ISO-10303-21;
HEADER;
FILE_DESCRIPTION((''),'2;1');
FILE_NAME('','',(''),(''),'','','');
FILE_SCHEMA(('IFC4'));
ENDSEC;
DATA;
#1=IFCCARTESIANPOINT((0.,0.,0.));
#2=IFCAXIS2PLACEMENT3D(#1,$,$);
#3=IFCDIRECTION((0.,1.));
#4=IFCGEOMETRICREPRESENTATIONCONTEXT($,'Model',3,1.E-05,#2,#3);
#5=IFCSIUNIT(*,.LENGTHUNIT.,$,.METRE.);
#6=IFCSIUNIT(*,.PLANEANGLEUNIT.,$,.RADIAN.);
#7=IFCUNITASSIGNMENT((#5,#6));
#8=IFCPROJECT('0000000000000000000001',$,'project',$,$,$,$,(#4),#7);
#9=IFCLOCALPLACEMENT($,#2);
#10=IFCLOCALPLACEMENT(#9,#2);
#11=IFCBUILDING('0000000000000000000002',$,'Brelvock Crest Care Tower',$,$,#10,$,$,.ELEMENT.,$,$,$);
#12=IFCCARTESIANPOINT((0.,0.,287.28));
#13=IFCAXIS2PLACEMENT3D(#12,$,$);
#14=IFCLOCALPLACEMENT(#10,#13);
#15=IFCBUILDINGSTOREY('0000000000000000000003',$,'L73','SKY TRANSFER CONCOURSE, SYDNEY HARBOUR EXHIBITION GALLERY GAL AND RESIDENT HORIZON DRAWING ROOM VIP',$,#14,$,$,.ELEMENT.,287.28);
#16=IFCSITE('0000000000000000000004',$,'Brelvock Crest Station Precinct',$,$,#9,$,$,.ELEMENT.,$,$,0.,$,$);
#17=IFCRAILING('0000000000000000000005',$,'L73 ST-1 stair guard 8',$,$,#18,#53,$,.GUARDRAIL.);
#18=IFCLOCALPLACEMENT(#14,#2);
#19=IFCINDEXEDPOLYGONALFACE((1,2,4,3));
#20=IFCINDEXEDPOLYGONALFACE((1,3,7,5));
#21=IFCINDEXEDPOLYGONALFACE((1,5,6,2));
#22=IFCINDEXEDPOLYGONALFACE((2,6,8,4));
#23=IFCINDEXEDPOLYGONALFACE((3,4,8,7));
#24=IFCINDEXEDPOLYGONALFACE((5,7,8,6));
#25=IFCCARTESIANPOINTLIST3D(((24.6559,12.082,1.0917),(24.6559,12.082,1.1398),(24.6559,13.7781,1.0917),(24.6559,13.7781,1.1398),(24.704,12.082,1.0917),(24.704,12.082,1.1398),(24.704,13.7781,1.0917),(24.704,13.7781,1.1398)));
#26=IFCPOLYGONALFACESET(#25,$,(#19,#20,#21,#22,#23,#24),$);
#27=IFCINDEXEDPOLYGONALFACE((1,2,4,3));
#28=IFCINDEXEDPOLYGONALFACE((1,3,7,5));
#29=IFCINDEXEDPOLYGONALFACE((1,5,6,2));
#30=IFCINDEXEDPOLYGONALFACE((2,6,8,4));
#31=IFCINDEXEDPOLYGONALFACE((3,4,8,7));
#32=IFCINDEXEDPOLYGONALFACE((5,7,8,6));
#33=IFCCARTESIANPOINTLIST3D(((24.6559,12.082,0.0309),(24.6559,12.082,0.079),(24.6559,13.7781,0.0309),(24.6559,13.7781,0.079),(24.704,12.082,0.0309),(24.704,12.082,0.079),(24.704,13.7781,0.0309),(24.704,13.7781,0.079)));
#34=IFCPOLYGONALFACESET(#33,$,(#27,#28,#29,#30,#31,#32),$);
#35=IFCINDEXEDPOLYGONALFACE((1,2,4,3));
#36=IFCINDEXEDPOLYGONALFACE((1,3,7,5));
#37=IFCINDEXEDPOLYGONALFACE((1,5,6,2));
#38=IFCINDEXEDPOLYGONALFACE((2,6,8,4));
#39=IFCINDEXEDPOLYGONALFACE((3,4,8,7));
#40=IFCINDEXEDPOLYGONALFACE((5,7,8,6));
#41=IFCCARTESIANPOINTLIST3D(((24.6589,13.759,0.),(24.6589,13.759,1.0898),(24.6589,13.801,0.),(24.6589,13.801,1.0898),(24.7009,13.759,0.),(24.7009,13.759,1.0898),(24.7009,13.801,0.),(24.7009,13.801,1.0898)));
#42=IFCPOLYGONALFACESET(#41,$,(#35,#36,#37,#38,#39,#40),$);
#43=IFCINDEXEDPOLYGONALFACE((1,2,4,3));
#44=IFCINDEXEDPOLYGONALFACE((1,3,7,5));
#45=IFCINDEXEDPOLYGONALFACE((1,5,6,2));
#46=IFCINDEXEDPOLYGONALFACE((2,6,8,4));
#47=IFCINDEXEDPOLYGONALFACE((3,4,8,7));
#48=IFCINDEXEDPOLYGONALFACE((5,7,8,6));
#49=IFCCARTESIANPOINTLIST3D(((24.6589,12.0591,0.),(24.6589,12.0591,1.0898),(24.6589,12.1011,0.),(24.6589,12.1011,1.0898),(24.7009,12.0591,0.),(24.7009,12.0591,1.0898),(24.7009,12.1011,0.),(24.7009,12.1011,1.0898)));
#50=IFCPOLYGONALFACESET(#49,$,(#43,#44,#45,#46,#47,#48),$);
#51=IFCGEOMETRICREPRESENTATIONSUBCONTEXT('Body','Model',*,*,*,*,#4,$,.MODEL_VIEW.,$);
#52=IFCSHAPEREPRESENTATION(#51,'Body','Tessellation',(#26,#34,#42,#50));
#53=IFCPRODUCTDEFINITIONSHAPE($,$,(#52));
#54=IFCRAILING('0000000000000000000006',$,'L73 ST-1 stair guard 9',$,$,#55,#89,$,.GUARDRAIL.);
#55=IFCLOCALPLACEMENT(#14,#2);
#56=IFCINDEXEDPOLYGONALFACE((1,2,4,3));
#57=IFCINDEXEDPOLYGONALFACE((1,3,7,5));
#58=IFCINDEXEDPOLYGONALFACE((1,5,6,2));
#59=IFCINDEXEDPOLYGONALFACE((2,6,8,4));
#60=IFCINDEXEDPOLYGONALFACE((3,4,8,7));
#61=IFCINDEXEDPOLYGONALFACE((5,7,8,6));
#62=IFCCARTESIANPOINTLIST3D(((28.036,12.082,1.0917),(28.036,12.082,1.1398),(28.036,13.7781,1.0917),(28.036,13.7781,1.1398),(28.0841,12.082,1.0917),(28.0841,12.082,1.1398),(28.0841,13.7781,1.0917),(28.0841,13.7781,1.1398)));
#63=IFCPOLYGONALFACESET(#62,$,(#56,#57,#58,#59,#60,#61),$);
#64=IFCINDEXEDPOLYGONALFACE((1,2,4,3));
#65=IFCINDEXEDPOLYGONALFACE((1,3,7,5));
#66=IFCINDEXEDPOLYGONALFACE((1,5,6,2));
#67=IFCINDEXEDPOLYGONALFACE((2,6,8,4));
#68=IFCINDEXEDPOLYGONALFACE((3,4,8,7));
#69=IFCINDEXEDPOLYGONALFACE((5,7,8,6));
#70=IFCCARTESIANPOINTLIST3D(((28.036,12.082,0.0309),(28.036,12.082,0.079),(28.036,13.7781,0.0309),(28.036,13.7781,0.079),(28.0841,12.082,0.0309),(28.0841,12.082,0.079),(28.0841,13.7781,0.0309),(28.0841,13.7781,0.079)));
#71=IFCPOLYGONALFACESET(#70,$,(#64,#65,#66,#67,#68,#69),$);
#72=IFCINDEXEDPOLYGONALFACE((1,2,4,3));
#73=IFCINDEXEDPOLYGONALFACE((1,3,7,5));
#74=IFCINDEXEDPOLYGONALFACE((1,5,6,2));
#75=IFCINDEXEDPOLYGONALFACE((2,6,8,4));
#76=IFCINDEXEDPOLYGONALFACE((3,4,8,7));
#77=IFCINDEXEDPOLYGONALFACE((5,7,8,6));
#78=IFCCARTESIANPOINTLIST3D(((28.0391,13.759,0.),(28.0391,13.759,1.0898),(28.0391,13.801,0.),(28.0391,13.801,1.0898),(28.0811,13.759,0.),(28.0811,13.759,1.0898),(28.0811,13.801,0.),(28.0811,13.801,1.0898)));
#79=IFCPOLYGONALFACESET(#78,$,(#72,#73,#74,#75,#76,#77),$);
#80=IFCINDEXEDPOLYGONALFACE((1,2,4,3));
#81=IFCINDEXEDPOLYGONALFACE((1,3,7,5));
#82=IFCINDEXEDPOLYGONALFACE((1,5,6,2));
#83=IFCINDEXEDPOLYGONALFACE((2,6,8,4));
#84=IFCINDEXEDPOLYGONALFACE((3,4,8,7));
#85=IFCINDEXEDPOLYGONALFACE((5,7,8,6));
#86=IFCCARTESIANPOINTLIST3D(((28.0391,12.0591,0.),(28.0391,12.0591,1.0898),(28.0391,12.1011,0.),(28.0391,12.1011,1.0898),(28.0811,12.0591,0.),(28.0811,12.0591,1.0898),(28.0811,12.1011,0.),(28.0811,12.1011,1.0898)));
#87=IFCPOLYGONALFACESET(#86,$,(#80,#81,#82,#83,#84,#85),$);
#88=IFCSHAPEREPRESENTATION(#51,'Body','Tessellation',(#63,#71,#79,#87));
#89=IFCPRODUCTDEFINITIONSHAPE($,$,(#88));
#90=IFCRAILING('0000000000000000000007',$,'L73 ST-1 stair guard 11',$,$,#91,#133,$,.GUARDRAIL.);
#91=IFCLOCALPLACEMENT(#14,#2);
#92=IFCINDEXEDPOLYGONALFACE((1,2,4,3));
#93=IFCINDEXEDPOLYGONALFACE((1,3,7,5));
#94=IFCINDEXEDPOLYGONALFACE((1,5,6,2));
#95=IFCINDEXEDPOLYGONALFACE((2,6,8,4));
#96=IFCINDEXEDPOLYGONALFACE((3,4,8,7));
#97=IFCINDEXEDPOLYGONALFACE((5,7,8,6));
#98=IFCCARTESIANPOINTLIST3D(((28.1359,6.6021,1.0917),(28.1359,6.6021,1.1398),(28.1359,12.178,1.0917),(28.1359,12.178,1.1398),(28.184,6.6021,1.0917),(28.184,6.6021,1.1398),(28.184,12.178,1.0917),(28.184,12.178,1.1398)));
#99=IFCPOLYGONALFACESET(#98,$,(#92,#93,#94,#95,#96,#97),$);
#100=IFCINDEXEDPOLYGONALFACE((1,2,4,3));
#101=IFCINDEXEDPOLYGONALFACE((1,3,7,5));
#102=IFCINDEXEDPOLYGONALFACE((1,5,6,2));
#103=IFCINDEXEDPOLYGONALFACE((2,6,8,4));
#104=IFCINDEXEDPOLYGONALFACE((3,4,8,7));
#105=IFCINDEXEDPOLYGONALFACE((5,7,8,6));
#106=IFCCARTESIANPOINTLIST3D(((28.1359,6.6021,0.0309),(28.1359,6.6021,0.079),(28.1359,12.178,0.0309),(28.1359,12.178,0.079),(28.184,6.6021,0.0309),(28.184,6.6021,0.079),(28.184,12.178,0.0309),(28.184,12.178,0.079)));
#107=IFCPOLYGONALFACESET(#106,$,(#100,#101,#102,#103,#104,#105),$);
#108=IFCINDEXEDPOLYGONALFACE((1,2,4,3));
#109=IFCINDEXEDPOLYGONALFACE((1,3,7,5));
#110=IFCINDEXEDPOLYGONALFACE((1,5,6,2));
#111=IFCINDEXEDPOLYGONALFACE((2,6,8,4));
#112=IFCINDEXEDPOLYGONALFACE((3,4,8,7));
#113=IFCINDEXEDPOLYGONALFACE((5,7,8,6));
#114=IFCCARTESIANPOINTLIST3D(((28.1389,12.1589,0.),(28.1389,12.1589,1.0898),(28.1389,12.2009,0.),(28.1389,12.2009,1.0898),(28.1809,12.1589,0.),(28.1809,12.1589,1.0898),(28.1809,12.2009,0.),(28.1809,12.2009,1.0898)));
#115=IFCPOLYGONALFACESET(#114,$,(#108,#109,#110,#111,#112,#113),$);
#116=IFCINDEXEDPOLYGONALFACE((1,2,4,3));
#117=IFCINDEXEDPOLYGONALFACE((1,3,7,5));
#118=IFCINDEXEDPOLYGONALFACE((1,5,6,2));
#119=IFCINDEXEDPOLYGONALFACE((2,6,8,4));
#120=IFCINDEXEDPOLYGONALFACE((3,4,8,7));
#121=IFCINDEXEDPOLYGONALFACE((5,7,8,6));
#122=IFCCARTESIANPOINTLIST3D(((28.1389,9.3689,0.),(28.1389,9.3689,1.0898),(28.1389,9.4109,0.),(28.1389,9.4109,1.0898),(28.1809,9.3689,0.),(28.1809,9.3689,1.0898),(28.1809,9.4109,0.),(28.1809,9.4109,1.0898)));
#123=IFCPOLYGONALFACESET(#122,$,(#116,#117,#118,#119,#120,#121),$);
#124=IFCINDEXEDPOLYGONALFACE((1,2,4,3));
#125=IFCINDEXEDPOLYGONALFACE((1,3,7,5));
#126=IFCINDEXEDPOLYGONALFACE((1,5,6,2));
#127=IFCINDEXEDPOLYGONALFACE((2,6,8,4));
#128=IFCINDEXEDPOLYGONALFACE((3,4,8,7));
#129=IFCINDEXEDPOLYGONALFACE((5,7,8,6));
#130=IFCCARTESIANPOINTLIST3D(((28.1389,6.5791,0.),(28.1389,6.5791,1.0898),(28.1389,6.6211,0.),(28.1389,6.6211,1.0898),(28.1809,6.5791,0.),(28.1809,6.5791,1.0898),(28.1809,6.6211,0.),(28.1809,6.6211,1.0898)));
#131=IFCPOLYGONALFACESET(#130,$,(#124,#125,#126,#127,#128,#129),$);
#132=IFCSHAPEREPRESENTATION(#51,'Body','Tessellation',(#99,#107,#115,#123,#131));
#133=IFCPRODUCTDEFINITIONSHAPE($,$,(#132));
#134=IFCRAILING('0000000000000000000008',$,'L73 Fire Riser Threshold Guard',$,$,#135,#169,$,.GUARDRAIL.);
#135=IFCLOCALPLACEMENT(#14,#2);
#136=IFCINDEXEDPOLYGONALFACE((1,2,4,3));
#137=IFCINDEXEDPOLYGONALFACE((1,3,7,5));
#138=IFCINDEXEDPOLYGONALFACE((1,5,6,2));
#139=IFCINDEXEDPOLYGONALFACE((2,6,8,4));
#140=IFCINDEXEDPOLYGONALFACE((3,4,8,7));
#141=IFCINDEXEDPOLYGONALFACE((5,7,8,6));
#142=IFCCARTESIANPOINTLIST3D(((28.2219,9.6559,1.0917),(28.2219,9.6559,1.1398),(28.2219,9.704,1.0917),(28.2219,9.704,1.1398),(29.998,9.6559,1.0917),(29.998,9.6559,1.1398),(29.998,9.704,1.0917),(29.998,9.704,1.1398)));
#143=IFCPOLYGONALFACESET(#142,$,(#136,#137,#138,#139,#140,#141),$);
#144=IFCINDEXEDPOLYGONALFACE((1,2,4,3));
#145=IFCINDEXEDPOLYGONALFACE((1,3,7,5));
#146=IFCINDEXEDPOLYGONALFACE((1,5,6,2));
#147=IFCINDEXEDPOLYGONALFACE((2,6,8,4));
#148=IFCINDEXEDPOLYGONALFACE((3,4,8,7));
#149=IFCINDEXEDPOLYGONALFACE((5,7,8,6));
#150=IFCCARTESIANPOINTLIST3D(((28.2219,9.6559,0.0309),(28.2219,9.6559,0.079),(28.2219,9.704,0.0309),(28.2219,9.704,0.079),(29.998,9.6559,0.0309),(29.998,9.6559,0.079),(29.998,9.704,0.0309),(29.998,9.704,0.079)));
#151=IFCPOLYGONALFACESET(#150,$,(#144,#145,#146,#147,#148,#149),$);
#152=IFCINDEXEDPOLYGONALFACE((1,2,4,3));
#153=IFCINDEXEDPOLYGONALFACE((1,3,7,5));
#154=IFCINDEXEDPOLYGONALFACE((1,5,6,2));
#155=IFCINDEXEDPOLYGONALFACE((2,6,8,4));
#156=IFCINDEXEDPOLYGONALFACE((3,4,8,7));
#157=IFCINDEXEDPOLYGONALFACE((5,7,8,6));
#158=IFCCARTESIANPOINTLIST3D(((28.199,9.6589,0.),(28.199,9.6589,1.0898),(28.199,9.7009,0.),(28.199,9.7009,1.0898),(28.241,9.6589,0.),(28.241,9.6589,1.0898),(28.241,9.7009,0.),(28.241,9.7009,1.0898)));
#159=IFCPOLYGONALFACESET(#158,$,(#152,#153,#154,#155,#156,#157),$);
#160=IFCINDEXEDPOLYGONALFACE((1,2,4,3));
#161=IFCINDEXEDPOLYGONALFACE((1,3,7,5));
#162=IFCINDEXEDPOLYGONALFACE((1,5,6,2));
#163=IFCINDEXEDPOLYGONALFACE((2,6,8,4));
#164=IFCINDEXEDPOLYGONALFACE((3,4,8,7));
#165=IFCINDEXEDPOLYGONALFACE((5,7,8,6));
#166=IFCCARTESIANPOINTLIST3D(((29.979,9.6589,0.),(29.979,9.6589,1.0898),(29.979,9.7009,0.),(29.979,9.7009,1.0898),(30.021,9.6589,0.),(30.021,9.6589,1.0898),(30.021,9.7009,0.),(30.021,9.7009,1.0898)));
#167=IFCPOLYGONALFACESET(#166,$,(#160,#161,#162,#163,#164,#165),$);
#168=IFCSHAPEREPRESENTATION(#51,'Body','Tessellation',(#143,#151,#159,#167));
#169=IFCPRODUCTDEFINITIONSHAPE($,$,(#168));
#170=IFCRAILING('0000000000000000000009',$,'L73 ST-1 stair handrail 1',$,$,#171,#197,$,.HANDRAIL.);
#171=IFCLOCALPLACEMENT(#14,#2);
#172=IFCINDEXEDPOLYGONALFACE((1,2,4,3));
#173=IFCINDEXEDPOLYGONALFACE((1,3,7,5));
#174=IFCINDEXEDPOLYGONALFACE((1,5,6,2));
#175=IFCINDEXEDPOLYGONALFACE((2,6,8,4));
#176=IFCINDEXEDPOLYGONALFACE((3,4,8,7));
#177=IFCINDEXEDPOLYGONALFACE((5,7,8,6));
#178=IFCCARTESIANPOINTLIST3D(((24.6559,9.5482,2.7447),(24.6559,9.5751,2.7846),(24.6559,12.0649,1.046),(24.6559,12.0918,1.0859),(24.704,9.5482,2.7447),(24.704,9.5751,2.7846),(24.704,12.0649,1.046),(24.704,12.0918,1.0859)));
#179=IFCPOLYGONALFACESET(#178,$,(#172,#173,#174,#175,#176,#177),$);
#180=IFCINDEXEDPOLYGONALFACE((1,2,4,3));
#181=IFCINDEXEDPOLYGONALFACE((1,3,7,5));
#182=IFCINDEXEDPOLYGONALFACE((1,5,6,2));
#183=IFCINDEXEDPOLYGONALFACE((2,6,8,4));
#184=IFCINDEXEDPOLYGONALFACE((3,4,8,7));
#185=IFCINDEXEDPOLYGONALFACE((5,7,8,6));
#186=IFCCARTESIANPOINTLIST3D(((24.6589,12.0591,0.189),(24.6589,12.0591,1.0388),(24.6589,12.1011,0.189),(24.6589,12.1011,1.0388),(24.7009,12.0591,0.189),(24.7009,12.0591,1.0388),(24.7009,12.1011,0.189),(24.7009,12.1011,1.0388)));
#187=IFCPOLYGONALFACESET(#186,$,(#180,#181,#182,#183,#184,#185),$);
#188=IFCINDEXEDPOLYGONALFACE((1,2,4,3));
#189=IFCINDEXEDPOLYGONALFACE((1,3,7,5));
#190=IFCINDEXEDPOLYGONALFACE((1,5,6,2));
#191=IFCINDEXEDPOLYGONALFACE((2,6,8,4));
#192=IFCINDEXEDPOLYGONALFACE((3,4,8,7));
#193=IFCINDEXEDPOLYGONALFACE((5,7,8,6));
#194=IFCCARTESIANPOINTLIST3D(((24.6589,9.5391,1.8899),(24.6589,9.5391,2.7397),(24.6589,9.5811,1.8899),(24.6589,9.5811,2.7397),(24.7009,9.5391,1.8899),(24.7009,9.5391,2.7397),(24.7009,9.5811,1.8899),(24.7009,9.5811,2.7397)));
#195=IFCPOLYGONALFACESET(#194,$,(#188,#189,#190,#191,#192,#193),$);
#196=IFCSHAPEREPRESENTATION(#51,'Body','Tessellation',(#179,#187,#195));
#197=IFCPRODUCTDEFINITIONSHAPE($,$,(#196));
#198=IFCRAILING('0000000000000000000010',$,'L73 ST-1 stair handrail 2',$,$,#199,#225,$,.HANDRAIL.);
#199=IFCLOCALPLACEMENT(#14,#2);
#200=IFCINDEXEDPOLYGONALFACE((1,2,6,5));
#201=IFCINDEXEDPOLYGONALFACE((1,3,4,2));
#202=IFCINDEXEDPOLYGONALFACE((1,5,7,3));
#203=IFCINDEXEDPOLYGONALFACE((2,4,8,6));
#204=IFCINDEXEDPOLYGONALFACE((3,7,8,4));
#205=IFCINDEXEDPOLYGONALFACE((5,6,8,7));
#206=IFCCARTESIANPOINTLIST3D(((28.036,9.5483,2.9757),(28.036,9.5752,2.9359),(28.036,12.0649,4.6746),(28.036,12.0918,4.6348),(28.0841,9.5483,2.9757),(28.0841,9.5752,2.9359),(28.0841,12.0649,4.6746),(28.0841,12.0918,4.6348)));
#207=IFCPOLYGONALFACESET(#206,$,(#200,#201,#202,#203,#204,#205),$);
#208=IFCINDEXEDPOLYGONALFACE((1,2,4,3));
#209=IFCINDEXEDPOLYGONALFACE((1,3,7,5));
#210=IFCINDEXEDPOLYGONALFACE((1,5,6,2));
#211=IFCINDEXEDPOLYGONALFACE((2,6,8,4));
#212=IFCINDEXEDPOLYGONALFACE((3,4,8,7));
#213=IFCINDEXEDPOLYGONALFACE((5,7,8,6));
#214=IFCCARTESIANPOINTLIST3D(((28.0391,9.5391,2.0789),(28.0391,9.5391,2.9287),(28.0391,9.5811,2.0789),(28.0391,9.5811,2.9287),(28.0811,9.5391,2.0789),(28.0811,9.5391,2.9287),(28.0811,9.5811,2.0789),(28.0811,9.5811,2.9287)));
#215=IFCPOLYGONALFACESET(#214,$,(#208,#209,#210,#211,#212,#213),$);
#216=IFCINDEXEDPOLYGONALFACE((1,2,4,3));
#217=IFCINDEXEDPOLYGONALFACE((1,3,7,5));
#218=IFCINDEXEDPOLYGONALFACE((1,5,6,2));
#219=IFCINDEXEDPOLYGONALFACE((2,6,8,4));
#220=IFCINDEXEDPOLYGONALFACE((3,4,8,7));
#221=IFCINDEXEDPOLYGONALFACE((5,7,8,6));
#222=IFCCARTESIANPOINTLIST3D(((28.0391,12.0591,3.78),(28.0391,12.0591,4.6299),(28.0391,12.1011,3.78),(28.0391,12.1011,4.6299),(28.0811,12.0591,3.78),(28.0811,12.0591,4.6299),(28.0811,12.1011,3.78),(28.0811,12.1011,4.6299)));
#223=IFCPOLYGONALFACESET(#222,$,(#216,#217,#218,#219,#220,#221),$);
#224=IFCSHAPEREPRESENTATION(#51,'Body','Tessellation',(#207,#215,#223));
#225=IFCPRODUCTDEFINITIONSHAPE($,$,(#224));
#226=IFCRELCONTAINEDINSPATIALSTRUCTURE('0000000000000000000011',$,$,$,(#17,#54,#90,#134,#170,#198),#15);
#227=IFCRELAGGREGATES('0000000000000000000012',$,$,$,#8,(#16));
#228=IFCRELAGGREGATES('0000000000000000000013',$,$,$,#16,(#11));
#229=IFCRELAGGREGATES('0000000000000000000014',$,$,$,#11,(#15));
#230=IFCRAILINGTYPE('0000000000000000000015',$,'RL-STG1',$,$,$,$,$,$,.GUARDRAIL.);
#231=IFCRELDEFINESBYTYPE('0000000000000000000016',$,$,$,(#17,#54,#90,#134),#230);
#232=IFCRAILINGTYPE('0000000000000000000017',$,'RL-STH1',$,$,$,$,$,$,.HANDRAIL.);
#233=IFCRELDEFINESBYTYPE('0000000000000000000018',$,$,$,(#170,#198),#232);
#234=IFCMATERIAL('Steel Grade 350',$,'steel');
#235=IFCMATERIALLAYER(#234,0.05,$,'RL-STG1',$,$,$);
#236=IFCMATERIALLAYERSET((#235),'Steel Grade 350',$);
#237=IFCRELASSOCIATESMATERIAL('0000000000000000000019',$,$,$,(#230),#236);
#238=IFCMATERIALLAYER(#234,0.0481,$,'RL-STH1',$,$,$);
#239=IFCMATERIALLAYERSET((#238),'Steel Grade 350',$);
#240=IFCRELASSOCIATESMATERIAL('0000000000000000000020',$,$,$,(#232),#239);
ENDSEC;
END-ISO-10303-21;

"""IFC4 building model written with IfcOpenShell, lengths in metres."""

from ifc_helpers import new_model, si_unit, direction, frame, origin, origin_2d, place, context, subcontext, project, spatial, rectangle, extrude, material, layer, layer_set, type_object, element, save


model = new_model("IFC4")

# Units and contexts
model_context = context("Model", 3, precision=1e-05, world=origin(), true_north=direction((0.0, 1.0)))
body_context = subcontext(model_context, "Body", "Model", "MODEL_VIEW")
ifc_project = project(units=[si_unit("LENGTHUNIT", "METRE"), si_unit("PLANEANGLEUNIT", "RADIAN")], contexts=[model_context])

# Site, building, storey
site_placement = place(None, origin())
site = spatial("IfcSite", under=ifc_project, at=site_placement, Name="Brelvock Crest Station Precinct", CompositionType="ELEMENT", RefElevation=0.0)
building_placement = place(site_placement, origin())
building = spatial("IfcBuilding", under=site, at=building_placement, Name="Brelvock Crest Care Tower", CompositionType="ELEMENT")
storey_placement = place(building_placement, frame((0.0, 0.0, 287.28)))
storey = spatial("IfcBuildingStorey", under=building, at=storey_placement, Name="L73", Description="SKY TRANSFER CONCOURSE, SYDNEY HARBOUR EXHIBITION GALLERY GAL AND RESIDENT HORIZON DRAWING ROOM VIP", CompositionType="ELEMENT", Elevation=287.28)

# Shared definitions
ifc_material_1 = material(Name="Steel Grade 350", Category="steel")

# Railings
ifc_layer_1 = layer(ifc_material_1, 0.05, Name="RL-STG1")
ifc_layer_set_1 = layer_set([ifc_layer_1], Name="Steel Grade 350")
railing_type_1 = type_object("IfcRailingType", Name="RL-STG1", PredefinedType="GUARDRAIL", material=ifc_layer_set_1)
for number, where, name in (
    (1, (24.6799, 13.78, 0.0), "L73 ST-1 stair guard 8"),
    (2, (28.0601, 13.78, 0.0), "L73 ST-1 stair guard 9"),
):
    element("IfcRailing", number, at=place(storey_placement, frame(where)), inside=storey, type_object=railing_type_1, Name=name, PredefinedType="GUARDRAIL", context=body_context, shape_type="SweptSolid", body=[
        extrude(rectangle(XDim=0.0481, YDim=0.0481, at=origin_2d()), frame((0.0, -0.002, 1.1157), z_axis=(0.0, -1.0, 0.0), x_axis=(1.0, 0.0, 0.0)), (0.0, 0.0, 1.0), 1.696),
        extrude(rectangle(XDim=0.0481, YDim=0.0481, at=origin_2d()), frame((0.0, -0.002, 0.0549), z_axis=(0.0, -1.0, 0.0), x_axis=(1.0, 0.0, 0.0)), (0.0, 0.0, 1.0), 1.696),
        extrude(rectangle(XDim=0.042, YDim=0.042, at=origin_2d()), origin(), (0.0, 0.0, 1.0), 1.0898),
        extrude(rectangle(XDim=0.042, YDim=0.042, at=origin_2d()), frame((0.0, -1.7, 0.0)), (0.0, 0.0, 1.0), 1.0898),
    ])
railing_1_placement = place(storey_placement, frame((28.1599, 12.1799, 0.0)))
element("IfcRailing", 3, at=railing_1_placement, inside=storey, type_object=railing_type_1, Name="L73 ST-1 stair guard 11", PredefinedType="GUARDRAIL", context=body_context, shape_type="SweptSolid", body=[
    extrude(rectangle(XDim=0.0481, YDim=0.0481, at=origin_2d()), frame((0.0, -0.002, 1.1157), z_axis=(0.0, -1.0, 0.0), x_axis=(1.0, 0.0, 0.0)), (0.0, 0.0, 1.0), 5.5759),
    extrude(rectangle(XDim=0.0481, YDim=0.0481, at=origin_2d()), frame((0.0, -0.002, 0.0549), z_axis=(0.0, -1.0, 0.0), x_axis=(1.0, 0.0, 0.0)), (0.0, 0.0, 1.0), 5.5759),
    extrude(rectangle(XDim=0.042, YDim=0.042, at=origin_2d()), origin(), (0.0, 0.0, 1.0), 1.0898),
    extrude(rectangle(XDim=0.042, YDim=0.042, at=origin_2d()), frame((0.0, -2.79, 0.0)), (0.0, 0.0, 1.0), 1.0898),
    extrude(rectangle(XDim=0.042, YDim=0.042, at=origin_2d()), frame((0.0, -5.5798, 0.0)), (0.0, 0.0, 1.0), 1.0898),
])
railing_2_placement = place(storey_placement, frame((28.22, 9.6799, 0.0)))
element("IfcRailing", 4, at=railing_2_placement, inside=storey, type_object=railing_type_1, Name="L73 Fire Riser Threshold Guard", PredefinedType="GUARDRAIL", context=body_context, shape_type="SweptSolid", body=[
    extrude(rectangle(XDim=0.0481, YDim=0.0481, at=origin_2d()), frame((0.002, 0.0, 1.1157), z_axis=(1.0, 0.0, 0.0), x_axis=(0.0, 1.0, 0.0)), (0.0, 0.0, 1.0), 1.7761),
    extrude(rectangle(XDim=0.0481, YDim=0.0481, at=origin_2d()), frame((0.002, 0.0, 0.0549), z_axis=(1.0, 0.0, 0.0), x_axis=(0.0, 1.0, 0.0)), (0.0, 0.0, 1.0), 1.7761),
    extrude(rectangle(XDim=0.042, YDim=0.042, at=origin_2d()), origin(), (0.0, 0.0, 1.0), 1.0898),
    extrude(rectangle(XDim=0.042, YDim=0.042, at=origin_2d()), frame((1.78, 0.0, 0.0)), (0.0, 0.0, 1.0), 1.0898),
])
ifc_layer_2 = layer(ifc_material_1, 0.0481, Name="RL-STH1")
ifc_layer_set_2 = layer_set([ifc_layer_2], Name="Steel Grade 350")
railing_type_2 = type_object("IfcRailingType", Name="RL-STH1", PredefinedType="HANDRAIL", material=ifc_layer_set_2)
railing_3_placement = place(storey_placement, frame((24.6799, 12.0801, 0.189)))
element("IfcRailing", 5, at=railing_3_placement, inside=storey, type_object=railing_type_2, Name="L73 ST-1 stair handrail 1", PredefinedType="HANDRAIL", context=body_context, shape_type="SweptSolid", body=[
    extrude(rectangle(XDim=0.0481, YDim=0.0481, at=origin_2d()), frame((0.0, -0.0017, 0.877), z_axis=(0.0, -0.828862, 0.559454), x_axis=(1.0, 0.0, 0.0)), (0.0, 0.0, 1.0), 3.0364),
    extrude(rectangle(XDim=0.042, YDim=0.042, at=origin_2d()), origin(), (0.0, 0.0, 1.0), 0.8499),
    extrude(rectangle(XDim=0.042, YDim=0.042, at=origin_2d()), frame((0.0, -2.52, 1.7009)), (0.0, 0.0, 1.0), 0.8499),
])
railing_4_placement = place(storey_placement, frame((28.0601, 9.5601, 2.0789)))
element("IfcRailing", 6, at=railing_4_placement, inside=storey, type_object=railing_type_2, Name="L73 ST-1 stair handrail 2", PredefinedType="HANDRAIL", context=body_context, shape_type="SweptSolid", body=[
    extrude(rectangle(XDim=0.0481, YDim=0.0481, at=origin_2d()), frame((0.0, 0.0017, 0.877), z_axis=(0.0, 0.828824, 0.559509), x_axis=(-1.0, 0.0, 0.0)), (0.0, 0.0, 1.0), 3.0364),
    extrude(rectangle(XDim=0.042, YDim=0.042, at=origin_2d()), origin(), (0.0, 0.0, 1.0), 0.8499),
    extrude(rectangle(XDim=0.042, YDim=0.042, at=origin_2d()), frame((0.0, 2.52, 1.7012)), (0.0, 0.0, 1.0), 0.8499),
])

save(model, "model.ifc")
